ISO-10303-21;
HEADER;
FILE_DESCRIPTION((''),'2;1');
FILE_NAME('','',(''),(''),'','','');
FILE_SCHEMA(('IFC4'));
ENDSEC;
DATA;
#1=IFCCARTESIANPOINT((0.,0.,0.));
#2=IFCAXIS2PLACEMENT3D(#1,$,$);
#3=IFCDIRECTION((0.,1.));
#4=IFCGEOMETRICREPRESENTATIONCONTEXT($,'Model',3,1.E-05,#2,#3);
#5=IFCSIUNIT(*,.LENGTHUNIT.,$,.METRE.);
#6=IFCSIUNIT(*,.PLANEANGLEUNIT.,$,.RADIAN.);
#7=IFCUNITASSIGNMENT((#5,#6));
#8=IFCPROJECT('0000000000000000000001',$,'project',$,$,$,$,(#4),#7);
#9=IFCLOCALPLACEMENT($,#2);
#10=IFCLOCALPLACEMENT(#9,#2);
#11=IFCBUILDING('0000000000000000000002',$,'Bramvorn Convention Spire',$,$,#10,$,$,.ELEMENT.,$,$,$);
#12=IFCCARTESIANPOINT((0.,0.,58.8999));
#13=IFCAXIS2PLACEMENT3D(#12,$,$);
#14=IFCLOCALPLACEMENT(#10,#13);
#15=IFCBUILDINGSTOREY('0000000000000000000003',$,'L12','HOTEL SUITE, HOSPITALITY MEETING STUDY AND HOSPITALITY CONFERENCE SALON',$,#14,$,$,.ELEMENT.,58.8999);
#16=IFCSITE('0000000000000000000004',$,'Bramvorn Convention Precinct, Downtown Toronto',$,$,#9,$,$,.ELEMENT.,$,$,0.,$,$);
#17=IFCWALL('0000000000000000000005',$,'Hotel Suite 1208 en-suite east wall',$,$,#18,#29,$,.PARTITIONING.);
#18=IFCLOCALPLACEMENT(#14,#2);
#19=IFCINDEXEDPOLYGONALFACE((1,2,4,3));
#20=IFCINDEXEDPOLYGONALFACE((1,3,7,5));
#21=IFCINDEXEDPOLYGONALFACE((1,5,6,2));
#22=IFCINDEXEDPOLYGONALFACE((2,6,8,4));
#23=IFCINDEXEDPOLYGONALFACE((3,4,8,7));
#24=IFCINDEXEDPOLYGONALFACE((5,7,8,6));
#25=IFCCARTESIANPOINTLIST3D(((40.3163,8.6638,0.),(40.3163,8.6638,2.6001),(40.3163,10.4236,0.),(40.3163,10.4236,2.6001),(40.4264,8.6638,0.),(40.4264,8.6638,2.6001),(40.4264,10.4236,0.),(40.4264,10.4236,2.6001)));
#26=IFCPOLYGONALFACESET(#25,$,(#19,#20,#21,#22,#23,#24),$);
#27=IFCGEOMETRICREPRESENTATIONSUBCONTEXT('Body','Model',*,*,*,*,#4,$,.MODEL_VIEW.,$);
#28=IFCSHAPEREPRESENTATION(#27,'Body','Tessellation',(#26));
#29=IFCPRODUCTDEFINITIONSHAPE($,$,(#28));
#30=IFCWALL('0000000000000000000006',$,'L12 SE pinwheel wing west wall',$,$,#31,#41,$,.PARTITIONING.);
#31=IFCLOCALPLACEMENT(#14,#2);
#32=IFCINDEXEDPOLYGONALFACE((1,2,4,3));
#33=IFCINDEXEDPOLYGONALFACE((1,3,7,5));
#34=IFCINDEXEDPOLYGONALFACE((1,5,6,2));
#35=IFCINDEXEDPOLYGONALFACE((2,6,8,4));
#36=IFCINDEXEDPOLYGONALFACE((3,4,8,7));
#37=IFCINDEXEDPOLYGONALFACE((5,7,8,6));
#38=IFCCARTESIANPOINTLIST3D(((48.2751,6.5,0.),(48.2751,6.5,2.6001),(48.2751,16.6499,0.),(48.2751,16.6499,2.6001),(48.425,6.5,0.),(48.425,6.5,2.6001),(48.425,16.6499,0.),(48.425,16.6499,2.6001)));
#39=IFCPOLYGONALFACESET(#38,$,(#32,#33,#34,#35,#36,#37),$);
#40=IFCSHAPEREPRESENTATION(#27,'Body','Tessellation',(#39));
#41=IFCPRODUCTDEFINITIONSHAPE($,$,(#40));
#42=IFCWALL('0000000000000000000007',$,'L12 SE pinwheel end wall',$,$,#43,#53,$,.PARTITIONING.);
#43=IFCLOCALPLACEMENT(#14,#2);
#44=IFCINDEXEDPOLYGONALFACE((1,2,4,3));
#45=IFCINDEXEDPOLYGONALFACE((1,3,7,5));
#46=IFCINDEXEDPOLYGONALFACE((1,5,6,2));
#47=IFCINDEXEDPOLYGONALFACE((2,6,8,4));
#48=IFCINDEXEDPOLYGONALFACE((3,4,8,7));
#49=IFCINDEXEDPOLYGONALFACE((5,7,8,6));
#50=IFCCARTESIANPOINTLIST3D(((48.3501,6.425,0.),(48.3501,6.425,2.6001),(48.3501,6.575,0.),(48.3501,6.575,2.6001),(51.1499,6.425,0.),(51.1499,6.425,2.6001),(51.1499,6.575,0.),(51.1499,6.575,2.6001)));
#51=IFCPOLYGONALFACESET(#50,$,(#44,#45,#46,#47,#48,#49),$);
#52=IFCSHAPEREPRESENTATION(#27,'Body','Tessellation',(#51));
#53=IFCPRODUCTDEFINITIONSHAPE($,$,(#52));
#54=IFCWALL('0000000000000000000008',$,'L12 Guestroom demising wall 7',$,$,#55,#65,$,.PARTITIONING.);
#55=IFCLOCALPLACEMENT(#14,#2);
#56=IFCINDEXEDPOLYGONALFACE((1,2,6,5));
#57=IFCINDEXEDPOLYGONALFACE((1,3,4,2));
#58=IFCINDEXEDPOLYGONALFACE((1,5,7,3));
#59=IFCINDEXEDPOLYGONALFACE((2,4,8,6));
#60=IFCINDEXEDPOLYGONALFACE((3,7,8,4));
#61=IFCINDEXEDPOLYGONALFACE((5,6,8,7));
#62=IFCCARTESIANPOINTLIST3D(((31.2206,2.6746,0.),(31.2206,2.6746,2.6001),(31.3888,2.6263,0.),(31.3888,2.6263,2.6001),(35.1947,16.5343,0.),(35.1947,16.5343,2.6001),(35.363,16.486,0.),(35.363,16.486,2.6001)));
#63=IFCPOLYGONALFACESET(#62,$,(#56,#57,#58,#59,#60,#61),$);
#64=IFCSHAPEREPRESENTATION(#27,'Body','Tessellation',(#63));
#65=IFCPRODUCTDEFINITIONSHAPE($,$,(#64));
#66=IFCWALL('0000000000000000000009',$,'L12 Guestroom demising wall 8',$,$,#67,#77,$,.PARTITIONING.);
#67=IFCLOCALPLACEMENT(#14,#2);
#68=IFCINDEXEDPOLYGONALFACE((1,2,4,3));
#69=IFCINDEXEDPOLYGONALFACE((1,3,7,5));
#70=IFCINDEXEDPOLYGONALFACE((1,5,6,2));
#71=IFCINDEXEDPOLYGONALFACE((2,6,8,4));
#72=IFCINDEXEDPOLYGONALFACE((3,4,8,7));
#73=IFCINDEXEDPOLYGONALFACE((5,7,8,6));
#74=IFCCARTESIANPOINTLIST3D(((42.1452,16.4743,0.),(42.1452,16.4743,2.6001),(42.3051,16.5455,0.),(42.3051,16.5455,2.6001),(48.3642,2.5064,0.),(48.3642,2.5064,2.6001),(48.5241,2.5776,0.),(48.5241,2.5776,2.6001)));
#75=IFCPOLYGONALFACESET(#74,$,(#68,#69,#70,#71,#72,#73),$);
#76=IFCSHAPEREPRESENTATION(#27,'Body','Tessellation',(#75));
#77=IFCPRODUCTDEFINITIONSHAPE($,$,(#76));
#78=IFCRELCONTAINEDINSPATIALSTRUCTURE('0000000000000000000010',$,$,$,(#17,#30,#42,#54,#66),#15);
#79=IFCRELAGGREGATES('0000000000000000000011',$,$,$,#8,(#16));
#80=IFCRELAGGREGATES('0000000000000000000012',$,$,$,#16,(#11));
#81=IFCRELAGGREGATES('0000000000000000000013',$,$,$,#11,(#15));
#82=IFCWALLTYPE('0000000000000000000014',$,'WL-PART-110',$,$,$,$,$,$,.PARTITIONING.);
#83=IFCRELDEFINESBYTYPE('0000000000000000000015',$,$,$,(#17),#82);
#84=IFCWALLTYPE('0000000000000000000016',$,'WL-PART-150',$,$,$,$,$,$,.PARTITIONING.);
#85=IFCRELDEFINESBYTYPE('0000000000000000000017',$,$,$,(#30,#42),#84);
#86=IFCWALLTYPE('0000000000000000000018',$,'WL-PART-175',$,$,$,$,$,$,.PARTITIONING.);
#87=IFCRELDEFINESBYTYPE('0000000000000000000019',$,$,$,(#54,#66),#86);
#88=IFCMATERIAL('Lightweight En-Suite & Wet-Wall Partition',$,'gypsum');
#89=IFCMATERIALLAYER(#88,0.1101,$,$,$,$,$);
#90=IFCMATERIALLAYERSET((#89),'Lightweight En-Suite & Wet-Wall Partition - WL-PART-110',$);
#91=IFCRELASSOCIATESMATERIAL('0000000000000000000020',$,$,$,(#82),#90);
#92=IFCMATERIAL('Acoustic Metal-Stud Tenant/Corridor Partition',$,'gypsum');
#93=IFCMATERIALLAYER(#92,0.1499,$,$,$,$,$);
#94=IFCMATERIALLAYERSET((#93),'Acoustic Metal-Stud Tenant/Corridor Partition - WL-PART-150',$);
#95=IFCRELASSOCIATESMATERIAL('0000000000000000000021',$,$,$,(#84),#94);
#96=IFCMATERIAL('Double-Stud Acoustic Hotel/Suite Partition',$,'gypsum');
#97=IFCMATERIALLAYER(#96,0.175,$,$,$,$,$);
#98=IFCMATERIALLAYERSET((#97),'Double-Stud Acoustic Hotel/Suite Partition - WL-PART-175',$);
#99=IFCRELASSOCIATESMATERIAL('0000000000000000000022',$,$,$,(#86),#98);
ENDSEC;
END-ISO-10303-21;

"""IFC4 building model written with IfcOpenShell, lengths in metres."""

from ifc_helpers import new_model, si_unit, direction, frame, frame_2d, origin, place, context, subcontext, project, spatial, rectangle, extrude, material, layer, layer_set, type_object, element, save


model = new_model("IFC4")

# Units and contexts
model_context = context("Model", 3, precision=1e-05, world=origin(), true_north=direction((0.0, 1.0)))
body_context = subcontext(model_context, "Body", "Model", "MODEL_VIEW")
ifc_project = project(units=[si_unit("LENGTHUNIT", "METRE"), si_unit("PLANEANGLEUNIT", "RADIAN")], contexts=[model_context])

# Site, building, storey
site_placement = place(None, origin())
site = spatial("IfcSite", under=ifc_project, at=site_placement, Name="Bramvorn Convention Precinct, Downtown Toronto", CompositionType="ELEMENT", RefElevation=0.0)
building_placement = place(site_placement, origin())
building = spatial("IfcBuilding", under=site, at=building_placement, Name="Bramvorn Convention Spire", CompositionType="ELEMENT")
storey_placement = place(building_placement, frame((0.0, 0.0, 58.8999)))
storey = spatial("IfcBuildingStorey", under=building, at=storey_placement, Name="L12", Description="HOTEL SUITE, HOSPITALITY MEETING STUDY AND HOSPITALITY CONFERENCE SALON", CompositionType="ELEMENT", Elevation=58.8999)

# Shared definitions
ifc_material_1 = material(Name="Lightweight En-Suite & Wet-Wall Partition", Category="gypsum")
ifc_layer_1 = layer(ifc_material_1, 0.1101)
ifc_layer_set_1 = layer_set([ifc_layer_1], Name="Lightweight En-Suite & Wet-Wall Partition - WL-PART-110")
wall_type_1 = type_object("IfcWallType", Name="WL-PART-110", PredefinedType="PARTITIONING", material=ifc_layer_set_1)

# Walls
for number, where, z_axis, x_axis, name in (
    (1, (40.3713, 8.6638, 0.0), (0.0, 0.0, 1.0), (0.0, 1.0, 0.0), "Hotel Suite 1208 en-suite east wall"),
):
    element("IfcWall", number, at=place(storey_placement, frame(where, z_axis=z_axis, x_axis=x_axis)), inside=storey, type_object=wall_type_1, Name=name, PredefinedType="PARTITIONING", context=body_context, shape_type="SweptSolid", body=[
        extrude(rectangle(XDim=1.7598, YDim=0.1101, at=frame_2d((0.8799, 0.0))), origin(), (0.0, 0.0, 1.0), 2.6001),
    ])
ifc_material_2 = material(Name="Acoustic Metal-Stud Tenant/Corridor Partition", Category="gypsum")
ifc_layer_2 = layer(ifc_material_2, 0.1499)
ifc_layer_set_2 = layer_set([ifc_layer_2], Name="Acoustic Metal-Stud Tenant/Corridor Partition - WL-PART-150")
wall_type_2 = type_object("IfcWallType", Name="WL-PART-150", PredefinedType="PARTITIONING", material=ifc_layer_set_2)
wall_1_placement = place(storey_placement, frame((48.3501, 6.5, 0.0), z_axis=(0.0, 0.0, 1.0), x_axis=(0.0, 1.0, 0.0)))
element("IfcWall", 2, at=wall_1_placement, inside=storey, type_object=wall_type_2, Name="L12 SE pinwheel wing west wall", PredefinedType="PARTITIONING", context=body_context, shape_type="SweptSolid", body=[
    extrude(rectangle(XDim=10.1499, YDim=0.1499, at=frame_2d((5.075, 0.0))), origin(), (0.0, 0.0, 1.0), 2.6001),
])
wall_2_placement = place(storey_placement, frame((48.3501, 6.5, 0.0), z_axis=(0.0, 0.0, 1.0), x_axis=(1.0, 0.0, 0.0)))
element("IfcWall", 3, at=wall_2_placement, inside=storey, type_object=wall_type_2, Name="L12 SE pinwheel end wall", PredefinedType="PARTITIONING", context=body_context, shape_type="SweptSolid", body=[
    extrude(rectangle(XDim=2.7998, YDim=0.1499, at=frame_2d((1.3999, 0.0))), origin(), (0.0, 0.0, 1.0), 2.6001),
])
ifc_material_3 = material(Name="Double-Stud Acoustic Hotel/Suite Partition", Category="gypsum")
ifc_layer_3 = layer(ifc_material_3, 0.175)
ifc_layer_set_3 = layer_set([ifc_layer_3], Name="Double-Stud Acoustic Hotel/Suite Partition - WL-PART-175")
wall_type_3 = type_object("IfcWallType", Name="WL-PART-175", PredefinedType="PARTITIONING", material=ifc_layer_set_3)
wall_3_placement = place(storey_placement, frame((35.2788, 16.51, 0.0), z_axis=(0.0, 0.0, 1.0), x_axis=(-0.275633, -0.961263, 0.0)))
element("IfcWall", 4, at=wall_3_placement, inside=storey, type_object=wall_type_3, Name="L12 Guestroom demising wall 7", PredefinedType="PARTITIONING", context=body_context, shape_type="SweptSolid", body=[
    extrude(rectangle(XDim=14.4182, YDim=0.175, at=frame_2d((7.209, 0.0))), origin(), (0.0, 0.0, 1.0), 2.6001),
])
wall_4_placement = place(storey_placement, frame((42.2251, 16.51, 0.0), z_axis=(0.0, 0.0, 1.0), x_axis=(0.406744, -0.913542, 0.0)))
element("IfcWall", 5, at=wall_4_placement, inside=storey, type_object=wall_type_3, Name="L12 Guestroom demising wall 8", PredefinedType="PARTITIONING", context=body_context, shape_type="SweptSolid", body=[
    extrude(rectangle(XDim=15.2898, YDim=0.175, at=frame_2d((7.645, 0.0))), origin(), (0.0, 0.0, 1.0), 2.6001),
])

save(model, "model.ifc")
